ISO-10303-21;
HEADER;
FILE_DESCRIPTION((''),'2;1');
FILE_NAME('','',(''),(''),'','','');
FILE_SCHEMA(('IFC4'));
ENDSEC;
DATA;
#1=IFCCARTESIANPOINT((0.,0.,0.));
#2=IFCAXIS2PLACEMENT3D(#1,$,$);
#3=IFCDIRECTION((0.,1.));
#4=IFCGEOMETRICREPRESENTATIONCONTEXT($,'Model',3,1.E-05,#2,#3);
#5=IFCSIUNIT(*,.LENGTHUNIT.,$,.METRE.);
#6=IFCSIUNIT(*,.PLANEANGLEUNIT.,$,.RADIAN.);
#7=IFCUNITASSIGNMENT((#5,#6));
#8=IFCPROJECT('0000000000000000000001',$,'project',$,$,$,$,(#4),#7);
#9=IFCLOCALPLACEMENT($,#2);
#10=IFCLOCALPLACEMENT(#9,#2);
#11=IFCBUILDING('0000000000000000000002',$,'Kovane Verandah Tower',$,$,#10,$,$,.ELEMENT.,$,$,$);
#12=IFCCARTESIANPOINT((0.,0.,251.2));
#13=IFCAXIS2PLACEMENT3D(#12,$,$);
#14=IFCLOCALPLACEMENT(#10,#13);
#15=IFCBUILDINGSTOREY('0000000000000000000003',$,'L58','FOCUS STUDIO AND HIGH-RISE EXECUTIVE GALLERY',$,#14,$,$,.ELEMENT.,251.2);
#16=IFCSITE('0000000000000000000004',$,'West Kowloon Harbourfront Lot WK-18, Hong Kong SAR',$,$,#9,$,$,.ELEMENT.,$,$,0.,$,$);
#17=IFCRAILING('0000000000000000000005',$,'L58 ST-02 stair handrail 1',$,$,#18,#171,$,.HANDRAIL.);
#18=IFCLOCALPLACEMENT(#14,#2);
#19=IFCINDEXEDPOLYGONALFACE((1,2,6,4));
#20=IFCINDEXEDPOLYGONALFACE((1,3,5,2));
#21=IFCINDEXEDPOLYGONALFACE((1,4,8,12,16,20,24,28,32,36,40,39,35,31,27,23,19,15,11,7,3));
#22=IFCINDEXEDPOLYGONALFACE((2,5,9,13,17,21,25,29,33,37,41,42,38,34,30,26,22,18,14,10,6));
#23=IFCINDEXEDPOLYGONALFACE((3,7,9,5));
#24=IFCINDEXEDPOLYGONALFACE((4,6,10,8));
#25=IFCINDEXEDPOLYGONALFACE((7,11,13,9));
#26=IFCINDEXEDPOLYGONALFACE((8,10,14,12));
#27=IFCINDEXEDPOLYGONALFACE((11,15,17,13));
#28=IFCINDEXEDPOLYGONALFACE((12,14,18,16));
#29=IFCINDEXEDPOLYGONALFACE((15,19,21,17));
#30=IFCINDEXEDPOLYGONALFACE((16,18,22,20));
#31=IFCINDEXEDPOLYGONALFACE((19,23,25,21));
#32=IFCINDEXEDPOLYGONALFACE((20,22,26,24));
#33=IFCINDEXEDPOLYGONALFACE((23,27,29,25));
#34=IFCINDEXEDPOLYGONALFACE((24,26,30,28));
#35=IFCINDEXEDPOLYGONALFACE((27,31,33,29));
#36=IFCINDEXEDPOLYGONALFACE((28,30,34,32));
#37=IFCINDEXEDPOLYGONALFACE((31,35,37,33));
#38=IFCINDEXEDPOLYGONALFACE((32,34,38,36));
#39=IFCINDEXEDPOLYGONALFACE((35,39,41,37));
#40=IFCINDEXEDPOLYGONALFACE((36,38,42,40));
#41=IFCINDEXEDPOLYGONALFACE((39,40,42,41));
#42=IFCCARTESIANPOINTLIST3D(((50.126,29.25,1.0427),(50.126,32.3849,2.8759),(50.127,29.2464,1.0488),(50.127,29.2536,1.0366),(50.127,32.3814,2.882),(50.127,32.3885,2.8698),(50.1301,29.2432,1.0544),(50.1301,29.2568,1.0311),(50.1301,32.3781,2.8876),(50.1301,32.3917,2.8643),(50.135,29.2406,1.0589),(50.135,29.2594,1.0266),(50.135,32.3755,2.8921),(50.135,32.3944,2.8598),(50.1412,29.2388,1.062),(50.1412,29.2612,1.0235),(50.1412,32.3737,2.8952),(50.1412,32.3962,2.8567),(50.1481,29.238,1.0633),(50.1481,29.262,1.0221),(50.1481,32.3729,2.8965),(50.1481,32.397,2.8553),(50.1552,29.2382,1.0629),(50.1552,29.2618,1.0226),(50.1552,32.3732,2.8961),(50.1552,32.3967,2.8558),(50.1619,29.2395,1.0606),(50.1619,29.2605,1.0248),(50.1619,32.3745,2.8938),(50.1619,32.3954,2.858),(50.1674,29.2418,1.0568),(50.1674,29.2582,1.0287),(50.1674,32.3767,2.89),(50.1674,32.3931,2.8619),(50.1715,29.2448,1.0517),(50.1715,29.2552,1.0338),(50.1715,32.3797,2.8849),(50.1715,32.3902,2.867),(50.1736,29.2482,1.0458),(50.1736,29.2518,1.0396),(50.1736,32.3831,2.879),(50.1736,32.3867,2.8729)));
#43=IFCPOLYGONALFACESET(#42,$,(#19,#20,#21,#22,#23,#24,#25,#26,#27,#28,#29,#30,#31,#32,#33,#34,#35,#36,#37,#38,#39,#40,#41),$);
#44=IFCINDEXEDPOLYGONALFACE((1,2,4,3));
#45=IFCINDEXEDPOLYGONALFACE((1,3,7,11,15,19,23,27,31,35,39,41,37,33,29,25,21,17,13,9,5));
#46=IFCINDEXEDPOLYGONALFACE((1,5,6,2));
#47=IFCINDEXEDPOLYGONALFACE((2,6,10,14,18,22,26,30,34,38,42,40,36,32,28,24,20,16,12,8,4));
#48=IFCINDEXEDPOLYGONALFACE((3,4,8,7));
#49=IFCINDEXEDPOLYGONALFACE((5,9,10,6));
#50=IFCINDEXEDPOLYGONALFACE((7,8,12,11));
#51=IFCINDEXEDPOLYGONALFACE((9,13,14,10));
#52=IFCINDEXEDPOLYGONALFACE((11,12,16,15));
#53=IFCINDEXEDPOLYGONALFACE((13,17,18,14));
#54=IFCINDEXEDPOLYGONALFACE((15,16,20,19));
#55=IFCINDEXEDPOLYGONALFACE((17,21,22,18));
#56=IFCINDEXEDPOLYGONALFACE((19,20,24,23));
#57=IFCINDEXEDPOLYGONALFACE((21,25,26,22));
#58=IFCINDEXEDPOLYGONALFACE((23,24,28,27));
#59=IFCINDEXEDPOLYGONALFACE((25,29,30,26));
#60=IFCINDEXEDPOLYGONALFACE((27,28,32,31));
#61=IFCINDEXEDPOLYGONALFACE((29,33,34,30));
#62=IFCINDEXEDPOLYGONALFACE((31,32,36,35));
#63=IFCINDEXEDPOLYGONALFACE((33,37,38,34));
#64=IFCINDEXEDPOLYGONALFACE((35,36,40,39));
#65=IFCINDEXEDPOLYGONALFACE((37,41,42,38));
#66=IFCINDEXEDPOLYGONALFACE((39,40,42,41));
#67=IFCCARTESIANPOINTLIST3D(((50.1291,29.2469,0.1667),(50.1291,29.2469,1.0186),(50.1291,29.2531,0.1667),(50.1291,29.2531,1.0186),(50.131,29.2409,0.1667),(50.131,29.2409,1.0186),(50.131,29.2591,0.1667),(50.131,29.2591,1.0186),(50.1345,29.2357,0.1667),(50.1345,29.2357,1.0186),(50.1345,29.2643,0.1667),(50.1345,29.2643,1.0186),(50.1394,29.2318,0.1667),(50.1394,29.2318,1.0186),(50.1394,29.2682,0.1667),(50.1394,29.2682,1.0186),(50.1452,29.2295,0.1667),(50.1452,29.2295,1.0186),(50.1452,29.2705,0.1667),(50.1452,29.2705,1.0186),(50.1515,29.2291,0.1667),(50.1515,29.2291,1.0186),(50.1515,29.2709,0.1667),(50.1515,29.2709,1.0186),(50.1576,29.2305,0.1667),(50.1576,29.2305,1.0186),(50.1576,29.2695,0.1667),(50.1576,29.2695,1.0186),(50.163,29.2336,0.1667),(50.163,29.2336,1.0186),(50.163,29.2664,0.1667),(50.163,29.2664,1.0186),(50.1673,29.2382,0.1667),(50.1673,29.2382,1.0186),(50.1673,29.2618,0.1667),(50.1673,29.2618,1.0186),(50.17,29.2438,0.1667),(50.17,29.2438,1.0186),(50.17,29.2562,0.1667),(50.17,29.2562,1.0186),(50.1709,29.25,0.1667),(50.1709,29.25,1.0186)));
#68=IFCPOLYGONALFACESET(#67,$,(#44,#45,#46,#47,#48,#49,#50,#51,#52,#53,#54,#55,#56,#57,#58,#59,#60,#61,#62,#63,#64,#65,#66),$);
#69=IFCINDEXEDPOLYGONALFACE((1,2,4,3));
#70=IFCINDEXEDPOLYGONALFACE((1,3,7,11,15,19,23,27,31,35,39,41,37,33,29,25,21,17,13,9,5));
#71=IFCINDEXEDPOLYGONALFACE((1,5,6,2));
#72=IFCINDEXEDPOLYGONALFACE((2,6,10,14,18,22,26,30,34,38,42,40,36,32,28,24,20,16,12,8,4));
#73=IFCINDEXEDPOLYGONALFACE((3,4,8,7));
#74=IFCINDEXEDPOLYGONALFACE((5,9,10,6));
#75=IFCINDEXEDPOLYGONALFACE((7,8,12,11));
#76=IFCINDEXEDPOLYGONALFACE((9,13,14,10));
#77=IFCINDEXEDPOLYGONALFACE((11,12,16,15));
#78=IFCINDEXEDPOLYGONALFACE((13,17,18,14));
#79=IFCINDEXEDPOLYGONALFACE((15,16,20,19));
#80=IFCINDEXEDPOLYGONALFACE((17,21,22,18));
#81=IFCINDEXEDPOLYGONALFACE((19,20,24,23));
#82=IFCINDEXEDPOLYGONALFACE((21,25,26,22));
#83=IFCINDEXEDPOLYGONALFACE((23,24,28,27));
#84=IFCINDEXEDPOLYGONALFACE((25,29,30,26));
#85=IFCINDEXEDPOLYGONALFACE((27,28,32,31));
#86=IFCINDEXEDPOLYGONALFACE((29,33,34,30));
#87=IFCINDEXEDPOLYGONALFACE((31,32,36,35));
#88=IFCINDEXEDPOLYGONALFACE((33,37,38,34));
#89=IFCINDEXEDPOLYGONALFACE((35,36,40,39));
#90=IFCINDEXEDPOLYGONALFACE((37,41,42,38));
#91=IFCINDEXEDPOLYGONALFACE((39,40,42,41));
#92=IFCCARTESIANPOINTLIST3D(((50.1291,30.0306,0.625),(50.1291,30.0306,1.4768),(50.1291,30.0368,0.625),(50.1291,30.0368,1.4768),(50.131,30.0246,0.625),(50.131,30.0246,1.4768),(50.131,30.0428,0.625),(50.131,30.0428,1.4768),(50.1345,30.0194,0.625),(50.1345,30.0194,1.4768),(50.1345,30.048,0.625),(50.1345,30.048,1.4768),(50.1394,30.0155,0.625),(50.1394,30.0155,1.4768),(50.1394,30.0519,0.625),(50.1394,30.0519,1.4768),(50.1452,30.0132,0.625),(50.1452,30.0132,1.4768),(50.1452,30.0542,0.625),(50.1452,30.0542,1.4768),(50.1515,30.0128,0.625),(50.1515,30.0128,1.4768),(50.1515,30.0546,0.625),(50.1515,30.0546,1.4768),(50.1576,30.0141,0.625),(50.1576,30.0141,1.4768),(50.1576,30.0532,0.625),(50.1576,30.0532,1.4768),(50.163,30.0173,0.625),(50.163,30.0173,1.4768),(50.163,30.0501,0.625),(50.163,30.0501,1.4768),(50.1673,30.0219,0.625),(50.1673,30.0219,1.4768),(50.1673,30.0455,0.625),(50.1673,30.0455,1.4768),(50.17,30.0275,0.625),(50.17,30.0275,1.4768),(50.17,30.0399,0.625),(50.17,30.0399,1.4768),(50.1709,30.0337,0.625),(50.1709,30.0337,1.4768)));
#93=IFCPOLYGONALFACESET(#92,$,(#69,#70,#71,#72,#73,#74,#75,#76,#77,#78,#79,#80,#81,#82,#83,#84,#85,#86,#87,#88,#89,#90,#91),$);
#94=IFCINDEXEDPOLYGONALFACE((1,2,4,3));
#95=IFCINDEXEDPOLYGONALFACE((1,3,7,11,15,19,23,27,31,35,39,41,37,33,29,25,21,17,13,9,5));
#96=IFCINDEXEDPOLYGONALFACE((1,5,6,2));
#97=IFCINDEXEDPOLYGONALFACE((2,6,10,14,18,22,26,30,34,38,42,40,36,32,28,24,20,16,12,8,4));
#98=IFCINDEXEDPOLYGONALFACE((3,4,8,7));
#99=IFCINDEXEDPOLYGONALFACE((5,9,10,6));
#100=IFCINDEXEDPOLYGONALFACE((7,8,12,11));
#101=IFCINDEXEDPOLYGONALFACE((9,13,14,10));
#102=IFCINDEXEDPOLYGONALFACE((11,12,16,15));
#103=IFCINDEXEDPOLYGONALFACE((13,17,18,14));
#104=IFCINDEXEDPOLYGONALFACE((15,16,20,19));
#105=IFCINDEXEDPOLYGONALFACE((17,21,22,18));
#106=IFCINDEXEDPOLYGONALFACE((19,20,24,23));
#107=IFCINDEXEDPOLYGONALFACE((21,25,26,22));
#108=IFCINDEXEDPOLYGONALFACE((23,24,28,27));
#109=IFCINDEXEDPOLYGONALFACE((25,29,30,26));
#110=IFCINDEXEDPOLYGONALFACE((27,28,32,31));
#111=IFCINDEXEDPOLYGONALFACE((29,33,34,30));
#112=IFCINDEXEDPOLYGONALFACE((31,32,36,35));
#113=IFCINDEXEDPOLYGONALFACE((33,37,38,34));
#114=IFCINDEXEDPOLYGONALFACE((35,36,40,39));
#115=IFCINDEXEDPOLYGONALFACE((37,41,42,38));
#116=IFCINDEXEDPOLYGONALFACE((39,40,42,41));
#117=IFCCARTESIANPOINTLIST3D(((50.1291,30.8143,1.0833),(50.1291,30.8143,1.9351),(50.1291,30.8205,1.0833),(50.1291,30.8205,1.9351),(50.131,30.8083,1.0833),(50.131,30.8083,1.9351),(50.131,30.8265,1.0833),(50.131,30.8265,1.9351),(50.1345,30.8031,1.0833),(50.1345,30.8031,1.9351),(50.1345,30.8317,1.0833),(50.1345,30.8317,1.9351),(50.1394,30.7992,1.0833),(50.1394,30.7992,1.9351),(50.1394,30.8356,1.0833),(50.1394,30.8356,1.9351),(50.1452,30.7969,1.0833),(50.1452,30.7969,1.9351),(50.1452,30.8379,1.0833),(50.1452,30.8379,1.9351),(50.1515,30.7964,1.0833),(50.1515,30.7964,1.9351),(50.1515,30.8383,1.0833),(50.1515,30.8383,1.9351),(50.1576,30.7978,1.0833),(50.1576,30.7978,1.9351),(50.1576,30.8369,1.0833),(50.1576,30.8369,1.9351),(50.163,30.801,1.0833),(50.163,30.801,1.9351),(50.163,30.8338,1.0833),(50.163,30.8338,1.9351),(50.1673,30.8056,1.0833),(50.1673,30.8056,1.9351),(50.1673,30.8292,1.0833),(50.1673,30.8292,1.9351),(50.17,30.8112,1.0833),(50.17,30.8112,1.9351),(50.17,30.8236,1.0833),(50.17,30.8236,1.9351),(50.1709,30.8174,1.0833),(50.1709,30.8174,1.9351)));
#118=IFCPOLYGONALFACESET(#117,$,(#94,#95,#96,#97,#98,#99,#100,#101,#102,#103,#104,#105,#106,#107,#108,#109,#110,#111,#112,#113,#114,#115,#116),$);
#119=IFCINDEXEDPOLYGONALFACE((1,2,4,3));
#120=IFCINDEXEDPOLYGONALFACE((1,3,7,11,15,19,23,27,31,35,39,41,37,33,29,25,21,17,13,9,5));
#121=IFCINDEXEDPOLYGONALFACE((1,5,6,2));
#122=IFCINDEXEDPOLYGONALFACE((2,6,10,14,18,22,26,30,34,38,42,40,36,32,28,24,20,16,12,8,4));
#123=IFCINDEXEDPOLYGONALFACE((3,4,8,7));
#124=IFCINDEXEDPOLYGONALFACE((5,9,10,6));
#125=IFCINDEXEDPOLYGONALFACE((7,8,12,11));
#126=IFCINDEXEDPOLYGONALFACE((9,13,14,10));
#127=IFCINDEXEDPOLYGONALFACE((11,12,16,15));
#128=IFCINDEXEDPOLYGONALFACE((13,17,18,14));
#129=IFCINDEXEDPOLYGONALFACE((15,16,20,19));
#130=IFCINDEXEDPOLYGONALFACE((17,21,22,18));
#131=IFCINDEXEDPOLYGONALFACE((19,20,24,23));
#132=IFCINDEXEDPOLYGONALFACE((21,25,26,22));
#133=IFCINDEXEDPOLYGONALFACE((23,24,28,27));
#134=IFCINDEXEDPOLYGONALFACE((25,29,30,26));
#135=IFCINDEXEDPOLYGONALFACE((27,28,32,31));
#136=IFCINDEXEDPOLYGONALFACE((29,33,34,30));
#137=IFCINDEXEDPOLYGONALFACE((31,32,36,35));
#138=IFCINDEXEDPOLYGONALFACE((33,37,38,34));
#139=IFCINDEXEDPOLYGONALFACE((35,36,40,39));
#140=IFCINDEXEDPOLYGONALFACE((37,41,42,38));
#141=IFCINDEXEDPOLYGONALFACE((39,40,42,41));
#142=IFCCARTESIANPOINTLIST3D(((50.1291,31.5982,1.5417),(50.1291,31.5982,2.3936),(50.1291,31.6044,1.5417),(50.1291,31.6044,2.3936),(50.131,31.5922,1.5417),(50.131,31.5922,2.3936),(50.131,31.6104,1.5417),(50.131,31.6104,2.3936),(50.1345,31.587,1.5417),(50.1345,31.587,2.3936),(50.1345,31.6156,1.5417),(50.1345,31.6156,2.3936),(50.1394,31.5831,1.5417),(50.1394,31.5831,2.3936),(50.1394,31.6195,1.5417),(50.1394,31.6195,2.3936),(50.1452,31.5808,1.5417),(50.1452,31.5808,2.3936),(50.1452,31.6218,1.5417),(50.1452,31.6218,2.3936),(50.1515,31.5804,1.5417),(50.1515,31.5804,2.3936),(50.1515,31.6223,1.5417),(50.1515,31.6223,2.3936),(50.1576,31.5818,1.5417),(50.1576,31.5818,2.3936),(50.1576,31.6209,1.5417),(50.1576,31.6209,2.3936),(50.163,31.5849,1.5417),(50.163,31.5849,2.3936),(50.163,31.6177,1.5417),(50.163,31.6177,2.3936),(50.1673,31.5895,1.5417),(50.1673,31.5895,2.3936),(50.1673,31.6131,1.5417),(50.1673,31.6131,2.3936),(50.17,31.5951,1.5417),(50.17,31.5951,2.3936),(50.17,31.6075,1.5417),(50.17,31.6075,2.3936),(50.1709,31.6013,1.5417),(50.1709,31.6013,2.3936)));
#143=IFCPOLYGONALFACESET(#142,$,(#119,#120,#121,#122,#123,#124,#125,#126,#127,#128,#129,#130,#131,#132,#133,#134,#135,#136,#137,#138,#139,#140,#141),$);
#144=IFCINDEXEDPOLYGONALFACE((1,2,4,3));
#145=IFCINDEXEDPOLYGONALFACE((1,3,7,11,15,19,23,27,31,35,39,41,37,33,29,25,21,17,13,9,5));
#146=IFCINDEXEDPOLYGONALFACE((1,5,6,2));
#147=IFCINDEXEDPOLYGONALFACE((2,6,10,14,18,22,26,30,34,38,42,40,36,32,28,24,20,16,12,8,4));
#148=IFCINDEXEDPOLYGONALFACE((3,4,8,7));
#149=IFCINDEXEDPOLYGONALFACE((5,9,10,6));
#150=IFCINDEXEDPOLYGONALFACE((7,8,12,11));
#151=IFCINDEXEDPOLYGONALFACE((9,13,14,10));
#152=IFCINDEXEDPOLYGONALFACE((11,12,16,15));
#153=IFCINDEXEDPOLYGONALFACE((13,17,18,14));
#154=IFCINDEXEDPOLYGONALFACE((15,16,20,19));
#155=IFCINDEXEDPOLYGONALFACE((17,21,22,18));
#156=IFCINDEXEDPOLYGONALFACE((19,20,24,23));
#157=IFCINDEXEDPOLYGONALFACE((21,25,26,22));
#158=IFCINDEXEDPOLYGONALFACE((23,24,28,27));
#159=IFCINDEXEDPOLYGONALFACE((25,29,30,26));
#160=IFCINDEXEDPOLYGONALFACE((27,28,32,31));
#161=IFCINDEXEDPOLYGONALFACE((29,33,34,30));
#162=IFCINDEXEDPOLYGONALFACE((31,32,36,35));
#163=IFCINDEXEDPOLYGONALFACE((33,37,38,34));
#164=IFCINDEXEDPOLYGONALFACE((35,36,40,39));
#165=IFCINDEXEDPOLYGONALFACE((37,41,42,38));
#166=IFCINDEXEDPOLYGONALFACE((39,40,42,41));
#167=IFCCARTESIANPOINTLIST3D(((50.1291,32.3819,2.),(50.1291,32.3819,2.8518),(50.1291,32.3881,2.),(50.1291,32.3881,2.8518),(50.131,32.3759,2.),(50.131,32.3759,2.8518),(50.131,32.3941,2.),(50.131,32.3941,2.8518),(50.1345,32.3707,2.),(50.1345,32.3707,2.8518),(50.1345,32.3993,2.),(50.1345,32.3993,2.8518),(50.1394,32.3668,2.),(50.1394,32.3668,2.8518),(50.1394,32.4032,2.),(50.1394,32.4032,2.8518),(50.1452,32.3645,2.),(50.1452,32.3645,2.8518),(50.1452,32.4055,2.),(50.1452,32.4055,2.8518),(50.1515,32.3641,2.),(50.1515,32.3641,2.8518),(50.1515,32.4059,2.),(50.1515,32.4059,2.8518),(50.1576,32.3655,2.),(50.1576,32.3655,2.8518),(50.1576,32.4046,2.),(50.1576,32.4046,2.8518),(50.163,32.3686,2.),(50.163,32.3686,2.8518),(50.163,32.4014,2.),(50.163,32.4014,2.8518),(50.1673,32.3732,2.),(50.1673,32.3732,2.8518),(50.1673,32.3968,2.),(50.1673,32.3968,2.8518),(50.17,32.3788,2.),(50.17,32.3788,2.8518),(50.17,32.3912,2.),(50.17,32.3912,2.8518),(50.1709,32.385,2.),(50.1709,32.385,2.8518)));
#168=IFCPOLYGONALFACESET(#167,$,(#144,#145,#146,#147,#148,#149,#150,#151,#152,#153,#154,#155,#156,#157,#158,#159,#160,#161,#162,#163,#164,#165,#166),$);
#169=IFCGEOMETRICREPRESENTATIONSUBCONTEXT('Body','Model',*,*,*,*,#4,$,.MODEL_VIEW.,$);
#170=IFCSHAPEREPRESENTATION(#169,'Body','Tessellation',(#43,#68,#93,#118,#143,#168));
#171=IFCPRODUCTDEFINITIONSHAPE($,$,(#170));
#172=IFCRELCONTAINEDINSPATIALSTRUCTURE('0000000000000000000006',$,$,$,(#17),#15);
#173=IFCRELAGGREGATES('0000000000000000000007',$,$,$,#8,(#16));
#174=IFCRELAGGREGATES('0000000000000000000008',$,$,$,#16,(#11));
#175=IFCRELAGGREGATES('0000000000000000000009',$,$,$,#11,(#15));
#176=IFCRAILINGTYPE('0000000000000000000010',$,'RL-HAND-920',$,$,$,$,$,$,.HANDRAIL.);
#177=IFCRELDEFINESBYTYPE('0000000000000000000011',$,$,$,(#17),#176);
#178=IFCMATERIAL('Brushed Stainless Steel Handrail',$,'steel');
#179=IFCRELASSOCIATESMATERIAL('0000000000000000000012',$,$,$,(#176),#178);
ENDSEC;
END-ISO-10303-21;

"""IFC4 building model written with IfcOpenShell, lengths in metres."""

from ifc_helpers import new_model, si_unit, direction, frame, origin, origin_2d, place, context, subcontext, project, spatial, circle, extrude, material, type_object, element, save


model = new_model("IFC4")

# Units and contexts
model_context = context("Model", 3, precision=1e-05, world=origin(), true_north=direction((0.0, 1.0)))
body_context = subcontext(model_context, "Body", "Model", "MODEL_VIEW")
ifc_project = project(units=[si_unit("LENGTHUNIT", "METRE"), si_unit("PLANEANGLEUNIT", "RADIAN")], contexts=[model_context])

# Site, building, storey
site_placement = place(None, origin())
site = spatial("IfcSite", under=ifc_project, at=site_placement, Name="West Kowloon Harbourfront Lot WK-18, Hong Kong SAR", CompositionType="ELEMENT", RefElevation=0.0)
building_placement = place(site_placement, origin())
building = spatial("IfcBuilding", under=site, at=building_placement, Name="Kovane Verandah Tower", CompositionType="ELEMENT")
storey_placement = place(building_placement, frame((0.0, 0.0, 251.2)))
storey = spatial("IfcBuildingStorey", under=building, at=storey_placement, Name="L58", Description="FOCUS STUDIO AND HIGH-RISE EXECUTIVE GALLERY", CompositionType="ELEMENT", Elevation=251.2)

# Railing
ifc_material_1 = material(Name="Brushed Stainless Steel Handrail", Category="steel")
railing_type_1 = type_object("IfcRailingType", Name="RL-HAND-920", PredefinedType="HANDRAIL", material=ifc_material_1)
for number, where, name in (
    (1, (50.1499, 29.25, 0.1667), "L58 ST-02 stair handrail 1"),
):
    element("IfcRailing", number, at=place(storey_placement, frame(where)), inside=storey, type_object=railing_type_1, Name=name, PredefinedType="HANDRAIL", context=body_context, shape_type="SweptSolid", body=[
        extrude(circle(Radius=0.0239, at=origin_2d()), frame((0.0, 0.0, 0.876), z_axis=(0.0, 0.86324, 0.504794), x_axis=(-1.0, 0.0, 0.0)), (0.0, 0.0, 1.0), 3.6316),
        extrude(circle(Radius=0.021, at=origin_2d()), origin(), (0.0, 0.0, 1.0), 0.8518),
        extrude(circle(Radius=0.021, at=origin_2d()), frame((0.0, 0.7837, 0.4583)), (0.0, 0.0, 1.0), 0.8518),
        extrude(circle(Radius=0.021, at=origin_2d()), frame((0.0, 1.5674, 0.9165)), (0.0, 0.0, 1.0), 0.8518),
        extrude(circle(Radius=0.021, at=origin_2d()), frame((0.0, 2.3513, 1.375)), (0.0, 0.0, 1.0), 0.8518),
        extrude(circle(Radius=0.021, at=origin_2d()), frame((0.0, 3.135, 1.8333)), (0.0, 0.0, 1.0), 0.8518),
    ])

save(model, "model.ifc")
